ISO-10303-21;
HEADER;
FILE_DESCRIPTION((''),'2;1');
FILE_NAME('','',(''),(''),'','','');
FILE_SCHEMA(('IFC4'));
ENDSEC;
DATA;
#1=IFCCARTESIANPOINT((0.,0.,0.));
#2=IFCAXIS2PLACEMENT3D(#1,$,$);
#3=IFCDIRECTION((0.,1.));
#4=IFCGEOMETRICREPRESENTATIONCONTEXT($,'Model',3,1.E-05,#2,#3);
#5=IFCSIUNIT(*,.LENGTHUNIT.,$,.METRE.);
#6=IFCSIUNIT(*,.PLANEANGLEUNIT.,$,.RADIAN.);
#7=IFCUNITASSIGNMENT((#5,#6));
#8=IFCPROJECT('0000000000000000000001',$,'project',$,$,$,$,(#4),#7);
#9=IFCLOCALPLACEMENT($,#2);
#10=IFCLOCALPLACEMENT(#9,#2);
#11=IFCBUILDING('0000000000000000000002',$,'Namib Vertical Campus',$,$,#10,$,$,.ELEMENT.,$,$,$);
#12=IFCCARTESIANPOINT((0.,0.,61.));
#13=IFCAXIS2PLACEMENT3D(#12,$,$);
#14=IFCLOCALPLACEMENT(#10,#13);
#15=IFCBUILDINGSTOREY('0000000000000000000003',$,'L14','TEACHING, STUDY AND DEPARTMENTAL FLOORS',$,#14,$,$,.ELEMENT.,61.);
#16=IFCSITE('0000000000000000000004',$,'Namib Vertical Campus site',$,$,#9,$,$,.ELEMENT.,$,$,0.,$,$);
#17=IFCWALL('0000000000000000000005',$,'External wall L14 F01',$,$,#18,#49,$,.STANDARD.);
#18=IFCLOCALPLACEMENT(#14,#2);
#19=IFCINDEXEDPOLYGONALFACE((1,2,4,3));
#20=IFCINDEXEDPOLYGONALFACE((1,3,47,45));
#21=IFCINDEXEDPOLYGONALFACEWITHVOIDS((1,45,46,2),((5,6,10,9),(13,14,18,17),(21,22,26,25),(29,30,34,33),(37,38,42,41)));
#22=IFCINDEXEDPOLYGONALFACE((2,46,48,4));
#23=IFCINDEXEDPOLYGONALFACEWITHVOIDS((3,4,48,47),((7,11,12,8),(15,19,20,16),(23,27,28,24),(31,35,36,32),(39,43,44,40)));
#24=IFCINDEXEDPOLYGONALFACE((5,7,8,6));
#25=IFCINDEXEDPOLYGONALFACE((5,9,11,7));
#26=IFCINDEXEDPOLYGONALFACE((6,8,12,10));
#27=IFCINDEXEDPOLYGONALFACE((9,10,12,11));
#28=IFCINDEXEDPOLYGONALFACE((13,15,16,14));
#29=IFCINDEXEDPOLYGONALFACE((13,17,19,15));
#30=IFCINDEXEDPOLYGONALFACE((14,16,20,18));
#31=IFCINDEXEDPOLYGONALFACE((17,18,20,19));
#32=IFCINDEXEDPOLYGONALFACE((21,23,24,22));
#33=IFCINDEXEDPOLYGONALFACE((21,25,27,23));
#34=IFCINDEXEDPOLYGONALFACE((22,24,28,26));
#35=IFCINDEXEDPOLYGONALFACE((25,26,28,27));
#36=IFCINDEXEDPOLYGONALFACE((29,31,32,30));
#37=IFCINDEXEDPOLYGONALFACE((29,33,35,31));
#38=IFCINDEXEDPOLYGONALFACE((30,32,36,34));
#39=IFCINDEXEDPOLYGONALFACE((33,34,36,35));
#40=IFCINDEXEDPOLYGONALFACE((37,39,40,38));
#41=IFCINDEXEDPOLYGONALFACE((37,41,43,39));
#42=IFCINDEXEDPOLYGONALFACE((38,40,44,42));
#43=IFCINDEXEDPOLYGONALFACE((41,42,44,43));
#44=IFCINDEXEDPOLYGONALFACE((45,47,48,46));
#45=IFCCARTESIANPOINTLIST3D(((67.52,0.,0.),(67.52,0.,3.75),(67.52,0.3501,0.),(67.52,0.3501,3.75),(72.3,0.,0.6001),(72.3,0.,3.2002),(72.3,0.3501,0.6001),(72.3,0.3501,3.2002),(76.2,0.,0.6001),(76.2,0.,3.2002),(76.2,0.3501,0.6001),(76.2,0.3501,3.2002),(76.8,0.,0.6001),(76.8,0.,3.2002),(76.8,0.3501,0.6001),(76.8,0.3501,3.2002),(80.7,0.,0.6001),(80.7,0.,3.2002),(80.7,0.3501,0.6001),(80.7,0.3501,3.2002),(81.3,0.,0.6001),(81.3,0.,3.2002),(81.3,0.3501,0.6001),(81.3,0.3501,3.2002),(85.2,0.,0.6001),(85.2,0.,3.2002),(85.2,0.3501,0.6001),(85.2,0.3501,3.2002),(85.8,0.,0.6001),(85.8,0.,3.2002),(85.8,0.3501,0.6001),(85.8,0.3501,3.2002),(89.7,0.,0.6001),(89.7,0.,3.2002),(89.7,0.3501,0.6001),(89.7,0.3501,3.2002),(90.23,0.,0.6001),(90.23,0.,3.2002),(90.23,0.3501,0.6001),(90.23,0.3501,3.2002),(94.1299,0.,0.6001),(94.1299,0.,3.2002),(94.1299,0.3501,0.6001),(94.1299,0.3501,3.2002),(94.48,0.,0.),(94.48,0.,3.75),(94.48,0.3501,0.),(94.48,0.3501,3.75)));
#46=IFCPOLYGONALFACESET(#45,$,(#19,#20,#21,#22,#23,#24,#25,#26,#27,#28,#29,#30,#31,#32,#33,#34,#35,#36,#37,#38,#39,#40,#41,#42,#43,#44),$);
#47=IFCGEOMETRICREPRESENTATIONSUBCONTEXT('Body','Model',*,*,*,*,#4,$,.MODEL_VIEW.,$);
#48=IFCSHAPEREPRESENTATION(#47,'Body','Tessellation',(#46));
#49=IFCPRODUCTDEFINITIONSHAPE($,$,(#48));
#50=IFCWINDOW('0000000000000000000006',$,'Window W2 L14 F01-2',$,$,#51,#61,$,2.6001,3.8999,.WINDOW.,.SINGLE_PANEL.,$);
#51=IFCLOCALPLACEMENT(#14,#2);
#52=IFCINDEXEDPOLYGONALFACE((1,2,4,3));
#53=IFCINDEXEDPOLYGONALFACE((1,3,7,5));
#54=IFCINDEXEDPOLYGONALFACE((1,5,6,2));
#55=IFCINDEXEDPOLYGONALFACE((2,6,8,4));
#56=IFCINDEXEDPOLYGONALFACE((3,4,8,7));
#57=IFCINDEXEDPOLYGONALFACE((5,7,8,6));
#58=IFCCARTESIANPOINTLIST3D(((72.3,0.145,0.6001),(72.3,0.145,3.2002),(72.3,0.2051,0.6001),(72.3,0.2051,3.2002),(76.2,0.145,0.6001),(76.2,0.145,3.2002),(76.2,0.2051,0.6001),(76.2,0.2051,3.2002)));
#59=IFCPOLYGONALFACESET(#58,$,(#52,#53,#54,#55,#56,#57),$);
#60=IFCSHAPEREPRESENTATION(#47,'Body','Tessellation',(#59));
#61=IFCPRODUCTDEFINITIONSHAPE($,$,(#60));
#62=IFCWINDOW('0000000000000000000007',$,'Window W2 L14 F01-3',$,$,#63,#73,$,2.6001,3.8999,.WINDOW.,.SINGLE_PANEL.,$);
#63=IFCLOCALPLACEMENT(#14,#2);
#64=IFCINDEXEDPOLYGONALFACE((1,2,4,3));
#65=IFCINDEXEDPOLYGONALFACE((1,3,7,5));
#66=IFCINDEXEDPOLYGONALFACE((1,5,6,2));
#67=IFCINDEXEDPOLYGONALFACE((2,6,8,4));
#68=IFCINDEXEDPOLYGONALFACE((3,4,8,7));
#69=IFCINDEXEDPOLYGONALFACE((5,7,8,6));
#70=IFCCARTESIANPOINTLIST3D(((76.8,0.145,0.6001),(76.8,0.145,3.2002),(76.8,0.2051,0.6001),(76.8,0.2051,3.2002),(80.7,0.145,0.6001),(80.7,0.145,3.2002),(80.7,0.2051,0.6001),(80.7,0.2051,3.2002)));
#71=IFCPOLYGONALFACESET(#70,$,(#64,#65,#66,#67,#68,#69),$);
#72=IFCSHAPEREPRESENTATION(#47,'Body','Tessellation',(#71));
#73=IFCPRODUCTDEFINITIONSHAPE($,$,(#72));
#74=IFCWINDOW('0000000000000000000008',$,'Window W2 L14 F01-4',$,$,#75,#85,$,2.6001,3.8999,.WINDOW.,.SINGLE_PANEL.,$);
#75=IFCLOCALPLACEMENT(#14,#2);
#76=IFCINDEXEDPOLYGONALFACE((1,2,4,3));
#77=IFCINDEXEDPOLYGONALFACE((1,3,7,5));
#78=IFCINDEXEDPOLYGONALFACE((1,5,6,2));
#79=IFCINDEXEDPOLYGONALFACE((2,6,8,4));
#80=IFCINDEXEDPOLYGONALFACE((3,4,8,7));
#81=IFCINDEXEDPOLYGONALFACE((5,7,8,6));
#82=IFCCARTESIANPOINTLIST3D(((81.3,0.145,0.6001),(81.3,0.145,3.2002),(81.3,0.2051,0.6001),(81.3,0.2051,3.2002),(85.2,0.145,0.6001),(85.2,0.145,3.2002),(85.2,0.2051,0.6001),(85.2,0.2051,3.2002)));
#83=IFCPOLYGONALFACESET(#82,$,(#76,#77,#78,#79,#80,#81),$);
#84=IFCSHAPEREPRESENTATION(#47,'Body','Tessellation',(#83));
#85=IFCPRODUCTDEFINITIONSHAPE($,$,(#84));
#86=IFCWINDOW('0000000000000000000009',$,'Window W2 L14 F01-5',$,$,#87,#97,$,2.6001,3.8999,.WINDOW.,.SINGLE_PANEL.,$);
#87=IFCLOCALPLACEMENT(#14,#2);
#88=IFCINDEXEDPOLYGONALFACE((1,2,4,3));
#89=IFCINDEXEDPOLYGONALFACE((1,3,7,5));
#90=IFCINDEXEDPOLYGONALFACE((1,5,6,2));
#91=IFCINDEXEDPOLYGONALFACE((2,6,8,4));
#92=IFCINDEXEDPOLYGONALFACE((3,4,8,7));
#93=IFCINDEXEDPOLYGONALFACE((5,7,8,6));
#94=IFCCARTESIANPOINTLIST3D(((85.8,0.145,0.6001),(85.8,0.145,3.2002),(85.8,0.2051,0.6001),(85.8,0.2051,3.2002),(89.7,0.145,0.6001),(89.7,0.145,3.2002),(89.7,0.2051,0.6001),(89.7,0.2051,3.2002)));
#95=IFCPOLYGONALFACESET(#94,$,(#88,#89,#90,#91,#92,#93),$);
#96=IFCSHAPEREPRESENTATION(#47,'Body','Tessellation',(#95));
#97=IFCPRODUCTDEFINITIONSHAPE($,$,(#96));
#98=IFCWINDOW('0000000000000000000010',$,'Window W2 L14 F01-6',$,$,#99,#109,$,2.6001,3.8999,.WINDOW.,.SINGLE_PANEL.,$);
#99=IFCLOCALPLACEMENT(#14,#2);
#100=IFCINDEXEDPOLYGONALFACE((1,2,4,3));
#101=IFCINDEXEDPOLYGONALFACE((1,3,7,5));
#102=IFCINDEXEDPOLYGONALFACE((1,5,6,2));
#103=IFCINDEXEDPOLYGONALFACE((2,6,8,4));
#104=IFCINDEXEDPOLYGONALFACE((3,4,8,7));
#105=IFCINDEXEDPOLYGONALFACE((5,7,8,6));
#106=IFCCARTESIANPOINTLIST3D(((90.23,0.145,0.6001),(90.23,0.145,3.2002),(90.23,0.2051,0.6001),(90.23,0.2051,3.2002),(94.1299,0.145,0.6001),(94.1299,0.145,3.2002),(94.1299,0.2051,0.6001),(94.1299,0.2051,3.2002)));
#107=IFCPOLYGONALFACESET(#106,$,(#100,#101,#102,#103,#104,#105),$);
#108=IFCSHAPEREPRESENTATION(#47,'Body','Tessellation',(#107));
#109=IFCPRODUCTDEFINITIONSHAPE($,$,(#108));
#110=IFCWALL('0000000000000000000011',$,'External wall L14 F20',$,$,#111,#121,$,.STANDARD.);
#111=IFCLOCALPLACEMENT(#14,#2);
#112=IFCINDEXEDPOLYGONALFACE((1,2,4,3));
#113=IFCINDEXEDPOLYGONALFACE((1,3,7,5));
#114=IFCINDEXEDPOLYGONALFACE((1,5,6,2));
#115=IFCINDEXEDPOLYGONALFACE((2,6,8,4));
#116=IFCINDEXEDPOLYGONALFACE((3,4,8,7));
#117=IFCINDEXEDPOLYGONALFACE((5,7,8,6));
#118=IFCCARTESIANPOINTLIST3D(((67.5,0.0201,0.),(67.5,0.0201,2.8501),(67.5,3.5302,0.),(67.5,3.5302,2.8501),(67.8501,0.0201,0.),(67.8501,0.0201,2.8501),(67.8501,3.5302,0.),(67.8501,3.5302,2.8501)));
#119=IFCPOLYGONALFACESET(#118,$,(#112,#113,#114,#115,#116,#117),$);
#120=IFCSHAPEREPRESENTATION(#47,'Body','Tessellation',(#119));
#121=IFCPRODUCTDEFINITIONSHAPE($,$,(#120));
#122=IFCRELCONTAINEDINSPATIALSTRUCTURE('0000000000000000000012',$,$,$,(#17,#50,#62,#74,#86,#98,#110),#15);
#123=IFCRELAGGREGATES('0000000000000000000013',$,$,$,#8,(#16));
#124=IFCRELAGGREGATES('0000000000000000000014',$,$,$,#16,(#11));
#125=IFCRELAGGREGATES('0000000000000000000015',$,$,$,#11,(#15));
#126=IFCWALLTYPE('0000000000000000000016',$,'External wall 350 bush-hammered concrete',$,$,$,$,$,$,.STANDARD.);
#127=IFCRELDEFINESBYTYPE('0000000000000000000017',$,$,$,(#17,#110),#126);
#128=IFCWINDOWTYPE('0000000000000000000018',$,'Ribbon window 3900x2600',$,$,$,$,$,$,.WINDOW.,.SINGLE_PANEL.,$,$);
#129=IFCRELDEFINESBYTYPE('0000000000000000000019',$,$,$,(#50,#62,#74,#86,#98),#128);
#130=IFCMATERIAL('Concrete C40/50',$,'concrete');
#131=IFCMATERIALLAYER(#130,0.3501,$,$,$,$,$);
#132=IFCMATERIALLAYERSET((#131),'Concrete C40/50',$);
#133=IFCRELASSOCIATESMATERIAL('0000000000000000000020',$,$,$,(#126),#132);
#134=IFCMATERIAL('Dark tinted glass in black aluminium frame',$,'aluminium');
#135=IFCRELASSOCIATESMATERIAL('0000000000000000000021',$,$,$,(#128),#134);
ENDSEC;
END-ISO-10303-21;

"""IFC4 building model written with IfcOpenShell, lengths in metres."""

from ifc_helpers import new_model, si_unit, direction, frame, frame_2d, origin, place, context, subcontext, project, spatial, rectangle, extrude, material, layer, layer_set, type_object, element, fill, save


model = new_model("IFC4")

# Units and contexts
model_context = context("Model", 3, precision=1e-05, world=origin(), true_north=direction((0.0, 1.0)))
body_context = subcontext(model_context, "Body", "Model", "MODEL_VIEW")
ifc_project = project(units=[si_unit("LENGTHUNIT", "METRE"), si_unit("PLANEANGLEUNIT", "RADIAN")], contexts=[model_context])

# Site, building, storey
site_placement = place(None, origin())
site = spatial("IfcSite", under=ifc_project, at=site_placement, Name="Namib Vertical Campus site", CompositionType="ELEMENT", RefElevation=0.0)
building_placement = place(site_placement, origin())
building = spatial("IfcBuilding", under=site, at=building_placement, Name="Namib Vertical Campus", CompositionType="ELEMENT")
storey_placement = place(building_placement, frame((0.0, 0.0, 61.0)))
storey = spatial("IfcBuildingStorey", under=building, at=storey_placement, Name="L14", Description="TEACHING, STUDY AND DEPARTMENTAL FLOORS", CompositionType="ELEMENT", Elevation=61.0)

# Wall, openings, windows
ifc_material_1 = material(Name="Concrete C40/50", Category="concrete")
ifc_layer_1 = layer(ifc_material_1, 0.3501)
ifc_layer_set_1 = layer_set([ifc_layer_1], Name="Concrete C40/50")
wall_type_1 = type_object("IfcWallType", Name="External wall 350 bush-hammered concrete", PredefinedType="STANDARD", material=ifc_layer_set_1)
wall_1_placement = place(storey_placement, frame((67.52, 0.175, 0.0), z_axis=(0.0, 0.0, 1.0), x_axis=(1.0, 0.0, 0.0)))
wall_1 = element("IfcWall", 1, at=wall_1_placement, inside=storey, type_object=wall_type_1, Name="External wall L14 F01", PredefinedType="STANDARD", context=body_context, shape_type="SweptSolid", body=[
    extrude(rectangle(XDim=26.96, YDim=0.3501, at=frame_2d((13.48, 0.0))), origin(), (0.0, 0.0, 1.0), 3.75),
])
opening_1_placement = place(wall_1_placement, frame((4.78, 0.0, 0.6001)))
opening_1 = element("IfcOpeningElement", 2, at=opening_1_placement, cuts=wall_1, PredefinedType="OPENING", context=body_context, shape_type="SweptSolid", body=[
    extrude(rectangle(XDim=3.8999, YDim=2.6001, at=frame_2d((1.95, 1.3))), frame((0.0, 0.1851, 0.0), z_axis=(0.0, -1.0, 0.0), x_axis=(1.0, 0.0, 0.0)), (0.0, 0.0, 1.0), 0.3701),
])
opening_2_placement = place(wall_1_placement, frame((9.28, 0.0, 0.6001)))
opening_2 = element("IfcOpeningElement", 3, at=opening_2_placement, cuts=wall_1, PredefinedType="OPENING", context=body_context, shape_type="SweptSolid", body=[
    extrude(rectangle(XDim=3.8999, YDim=2.6001, at=frame_2d((1.95, 1.3))), frame((0.0, 0.1851, 0.0), z_axis=(0.0, -1.0, 0.0), x_axis=(1.0, 0.0, 0.0)), (0.0, 0.0, 1.0), 0.3701),
])
opening_3_placement = place(wall_1_placement, frame((13.78, 0.0, 0.6001)))
opening_3 = element("IfcOpeningElement", 4, at=opening_3_placement, cuts=wall_1, PredefinedType="OPENING", context=body_context, shape_type="SweptSolid", body=[
    extrude(rectangle(XDim=3.8999, YDim=2.6001, at=frame_2d((1.95, 1.3))), frame((0.0, 0.1851, 0.0), z_axis=(0.0, -1.0, 0.0), x_axis=(1.0, 0.0, 0.0)), (0.0, 0.0, 1.0), 0.3701),
])
opening_4_placement = place(wall_1_placement, frame((18.28, 0.0, 0.6001)))
opening_4 = element("IfcOpeningElement", 5, at=opening_4_placement, cuts=wall_1, PredefinedType="OPENING", context=body_context, shape_type="SweptSolid", body=[
    extrude(rectangle(XDim=3.8999, YDim=2.6001, at=frame_2d((1.95, 1.3))), frame((0.0, 0.1851, 0.0), z_axis=(0.0, -1.0, 0.0), x_axis=(1.0, 0.0, 0.0)), (0.0, 0.0, 1.0), 0.3701),
])
opening_5_placement = place(wall_1_placement, frame((22.71, 0.0, 0.6001)))
opening_5 = element("IfcOpeningElement", 6, at=opening_5_placement, cuts=wall_1, PredefinedType="OPENING", context=body_context, shape_type="SweptSolid", body=[
    extrude(rectangle(XDim=3.8999, YDim=2.6001, at=frame_2d((1.95, 1.3))), frame((0.0, 0.1851, 0.0), z_axis=(0.0, -1.0, 0.0), x_axis=(1.0, 0.0, 0.0)), (0.0, 0.0, 1.0), 0.3701),
])
ifc_material_2 = material(Name="Dark tinted glass in black aluminium frame", Category="aluminium")
window_type = type_object("IfcWindowType", Name="Ribbon window 3900x2600", PartitioningType="SINGLE_PANEL", PredefinedType="WINDOW", material=ifc_material_2)
window_1_placement = place(opening_1_placement, origin())
window_1 = element("IfcWindow", 7, at=window_1_placement, inside=storey, type_object=window_type, Name="Window W2 L14 F01-2", OverallHeight=2.6001, OverallWidth=3.8999, PartitioningType="SINGLE_PANEL", PredefinedType="WINDOW", context=body_context, shape_type="SweptSolid", body=[
    extrude(rectangle(XDim=3.8999, YDim=2.6001, at=frame_2d((1.95, 1.3))), frame((0.0, 0.03, 0.0), z_axis=(0.0, -1.0, 0.0), x_axis=(1.0, 0.0, 0.0)), (0.0, 0.0, 1.0), 0.0601),
])
fill(opening_1, window_1)
window_2_placement = place(opening_2_placement, origin())
window_2 = element("IfcWindow", 8, at=window_2_placement, inside=storey, type_object=window_type, Name="Window W2 L14 F01-3", OverallHeight=2.6001, OverallWidth=3.8999, PartitioningType="SINGLE_PANEL", PredefinedType="WINDOW", context=body_context, shape_type="SweptSolid", body=[
    extrude(rectangle(XDim=3.8999, YDim=2.6001, at=frame_2d((1.95, 1.3))), frame((0.0, 0.03, 0.0), z_axis=(0.0, -1.0, 0.0), x_axis=(1.0, 0.0, 0.0)), (0.0, 0.0, 1.0), 0.0601),
])
fill(opening_2, window_2)
window_3_placement = place(opening_3_placement, origin())
window_3 = element("IfcWindow", 9, at=window_3_placement, inside=storey, type_object=window_type, Name="Window W2 L14 F01-4", OverallHeight=2.6001, OverallWidth=3.8999, PartitioningType="SINGLE_PANEL", PredefinedType="WINDOW", context=body_context, shape_type="SweptSolid", body=[
    extrude(rectangle(XDim=3.8999, YDim=2.6001, at=frame_2d((1.95, 1.3))), frame((0.0, 0.03, 0.0), z_axis=(0.0, -1.0, 0.0), x_axis=(1.0, 0.0, 0.0)), (0.0, 0.0, 1.0), 0.0601),
])
fill(opening_3, window_3)
window_4_placement = place(opening_4_placement, origin())
window_4 = element("IfcWindow", 10, at=window_4_placement, inside=storey, type_object=window_type, Name="Window W2 L14 F01-5", OverallHeight=2.6001, OverallWidth=3.8999, PartitioningType="SINGLE_PANEL", PredefinedType="WINDOW", context=body_context, shape_type="SweptSolid", body=[
    extrude(rectangle(XDim=3.8999, YDim=2.6001, at=frame_2d((1.95, 1.3))), frame((0.0, 0.03, 0.0), z_axis=(0.0, -1.0, 0.0), x_axis=(1.0, 0.0, 0.0)), (0.0, 0.0, 1.0), 0.0601),
])
fill(opening_4, window_4)
window_5_placement = place(opening_5_placement, origin())
window_5 = element("IfcWindow", 11, at=window_5_placement, inside=storey, type_object=window_type, Name="Window W2 L14 F01-6", OverallHeight=2.6001, OverallWidth=3.8999, PartitioningType="SINGLE_PANEL", PredefinedType="WINDOW", context=body_context, shape_type="SweptSolid", body=[
    extrude(rectangle(XDim=3.8999, YDim=2.6001, at=frame_2d((1.95, 1.3))), frame((0.0, 0.03, 0.0), z_axis=(0.0, -1.0, 0.0), x_axis=(1.0, 0.0, 0.0)), (0.0, 0.0, 1.0), 0.0601),
])
fill(opening_5, window_5)

# Wall
wall_2_placement = place(storey_placement, frame((67.675, 3.53, 0.0), z_axis=(0.0, 0.0, 1.0), x_axis=(0.0, -1.0, 0.0)))
element("IfcWall", 12, at=wall_2_placement, inside=storey, type_object=wall_type_1, Name="External wall L14 F20", PredefinedType="STANDARD", context=body_context, shape_type="SweptSolid", body=[
    extrude(rectangle(XDim=3.51, YDim=0.3501, at=frame_2d((1.7549, 0.0))), origin(), (0.0, 0.0, 1.0), 2.8501),
])

save(model, "model.ifc")
